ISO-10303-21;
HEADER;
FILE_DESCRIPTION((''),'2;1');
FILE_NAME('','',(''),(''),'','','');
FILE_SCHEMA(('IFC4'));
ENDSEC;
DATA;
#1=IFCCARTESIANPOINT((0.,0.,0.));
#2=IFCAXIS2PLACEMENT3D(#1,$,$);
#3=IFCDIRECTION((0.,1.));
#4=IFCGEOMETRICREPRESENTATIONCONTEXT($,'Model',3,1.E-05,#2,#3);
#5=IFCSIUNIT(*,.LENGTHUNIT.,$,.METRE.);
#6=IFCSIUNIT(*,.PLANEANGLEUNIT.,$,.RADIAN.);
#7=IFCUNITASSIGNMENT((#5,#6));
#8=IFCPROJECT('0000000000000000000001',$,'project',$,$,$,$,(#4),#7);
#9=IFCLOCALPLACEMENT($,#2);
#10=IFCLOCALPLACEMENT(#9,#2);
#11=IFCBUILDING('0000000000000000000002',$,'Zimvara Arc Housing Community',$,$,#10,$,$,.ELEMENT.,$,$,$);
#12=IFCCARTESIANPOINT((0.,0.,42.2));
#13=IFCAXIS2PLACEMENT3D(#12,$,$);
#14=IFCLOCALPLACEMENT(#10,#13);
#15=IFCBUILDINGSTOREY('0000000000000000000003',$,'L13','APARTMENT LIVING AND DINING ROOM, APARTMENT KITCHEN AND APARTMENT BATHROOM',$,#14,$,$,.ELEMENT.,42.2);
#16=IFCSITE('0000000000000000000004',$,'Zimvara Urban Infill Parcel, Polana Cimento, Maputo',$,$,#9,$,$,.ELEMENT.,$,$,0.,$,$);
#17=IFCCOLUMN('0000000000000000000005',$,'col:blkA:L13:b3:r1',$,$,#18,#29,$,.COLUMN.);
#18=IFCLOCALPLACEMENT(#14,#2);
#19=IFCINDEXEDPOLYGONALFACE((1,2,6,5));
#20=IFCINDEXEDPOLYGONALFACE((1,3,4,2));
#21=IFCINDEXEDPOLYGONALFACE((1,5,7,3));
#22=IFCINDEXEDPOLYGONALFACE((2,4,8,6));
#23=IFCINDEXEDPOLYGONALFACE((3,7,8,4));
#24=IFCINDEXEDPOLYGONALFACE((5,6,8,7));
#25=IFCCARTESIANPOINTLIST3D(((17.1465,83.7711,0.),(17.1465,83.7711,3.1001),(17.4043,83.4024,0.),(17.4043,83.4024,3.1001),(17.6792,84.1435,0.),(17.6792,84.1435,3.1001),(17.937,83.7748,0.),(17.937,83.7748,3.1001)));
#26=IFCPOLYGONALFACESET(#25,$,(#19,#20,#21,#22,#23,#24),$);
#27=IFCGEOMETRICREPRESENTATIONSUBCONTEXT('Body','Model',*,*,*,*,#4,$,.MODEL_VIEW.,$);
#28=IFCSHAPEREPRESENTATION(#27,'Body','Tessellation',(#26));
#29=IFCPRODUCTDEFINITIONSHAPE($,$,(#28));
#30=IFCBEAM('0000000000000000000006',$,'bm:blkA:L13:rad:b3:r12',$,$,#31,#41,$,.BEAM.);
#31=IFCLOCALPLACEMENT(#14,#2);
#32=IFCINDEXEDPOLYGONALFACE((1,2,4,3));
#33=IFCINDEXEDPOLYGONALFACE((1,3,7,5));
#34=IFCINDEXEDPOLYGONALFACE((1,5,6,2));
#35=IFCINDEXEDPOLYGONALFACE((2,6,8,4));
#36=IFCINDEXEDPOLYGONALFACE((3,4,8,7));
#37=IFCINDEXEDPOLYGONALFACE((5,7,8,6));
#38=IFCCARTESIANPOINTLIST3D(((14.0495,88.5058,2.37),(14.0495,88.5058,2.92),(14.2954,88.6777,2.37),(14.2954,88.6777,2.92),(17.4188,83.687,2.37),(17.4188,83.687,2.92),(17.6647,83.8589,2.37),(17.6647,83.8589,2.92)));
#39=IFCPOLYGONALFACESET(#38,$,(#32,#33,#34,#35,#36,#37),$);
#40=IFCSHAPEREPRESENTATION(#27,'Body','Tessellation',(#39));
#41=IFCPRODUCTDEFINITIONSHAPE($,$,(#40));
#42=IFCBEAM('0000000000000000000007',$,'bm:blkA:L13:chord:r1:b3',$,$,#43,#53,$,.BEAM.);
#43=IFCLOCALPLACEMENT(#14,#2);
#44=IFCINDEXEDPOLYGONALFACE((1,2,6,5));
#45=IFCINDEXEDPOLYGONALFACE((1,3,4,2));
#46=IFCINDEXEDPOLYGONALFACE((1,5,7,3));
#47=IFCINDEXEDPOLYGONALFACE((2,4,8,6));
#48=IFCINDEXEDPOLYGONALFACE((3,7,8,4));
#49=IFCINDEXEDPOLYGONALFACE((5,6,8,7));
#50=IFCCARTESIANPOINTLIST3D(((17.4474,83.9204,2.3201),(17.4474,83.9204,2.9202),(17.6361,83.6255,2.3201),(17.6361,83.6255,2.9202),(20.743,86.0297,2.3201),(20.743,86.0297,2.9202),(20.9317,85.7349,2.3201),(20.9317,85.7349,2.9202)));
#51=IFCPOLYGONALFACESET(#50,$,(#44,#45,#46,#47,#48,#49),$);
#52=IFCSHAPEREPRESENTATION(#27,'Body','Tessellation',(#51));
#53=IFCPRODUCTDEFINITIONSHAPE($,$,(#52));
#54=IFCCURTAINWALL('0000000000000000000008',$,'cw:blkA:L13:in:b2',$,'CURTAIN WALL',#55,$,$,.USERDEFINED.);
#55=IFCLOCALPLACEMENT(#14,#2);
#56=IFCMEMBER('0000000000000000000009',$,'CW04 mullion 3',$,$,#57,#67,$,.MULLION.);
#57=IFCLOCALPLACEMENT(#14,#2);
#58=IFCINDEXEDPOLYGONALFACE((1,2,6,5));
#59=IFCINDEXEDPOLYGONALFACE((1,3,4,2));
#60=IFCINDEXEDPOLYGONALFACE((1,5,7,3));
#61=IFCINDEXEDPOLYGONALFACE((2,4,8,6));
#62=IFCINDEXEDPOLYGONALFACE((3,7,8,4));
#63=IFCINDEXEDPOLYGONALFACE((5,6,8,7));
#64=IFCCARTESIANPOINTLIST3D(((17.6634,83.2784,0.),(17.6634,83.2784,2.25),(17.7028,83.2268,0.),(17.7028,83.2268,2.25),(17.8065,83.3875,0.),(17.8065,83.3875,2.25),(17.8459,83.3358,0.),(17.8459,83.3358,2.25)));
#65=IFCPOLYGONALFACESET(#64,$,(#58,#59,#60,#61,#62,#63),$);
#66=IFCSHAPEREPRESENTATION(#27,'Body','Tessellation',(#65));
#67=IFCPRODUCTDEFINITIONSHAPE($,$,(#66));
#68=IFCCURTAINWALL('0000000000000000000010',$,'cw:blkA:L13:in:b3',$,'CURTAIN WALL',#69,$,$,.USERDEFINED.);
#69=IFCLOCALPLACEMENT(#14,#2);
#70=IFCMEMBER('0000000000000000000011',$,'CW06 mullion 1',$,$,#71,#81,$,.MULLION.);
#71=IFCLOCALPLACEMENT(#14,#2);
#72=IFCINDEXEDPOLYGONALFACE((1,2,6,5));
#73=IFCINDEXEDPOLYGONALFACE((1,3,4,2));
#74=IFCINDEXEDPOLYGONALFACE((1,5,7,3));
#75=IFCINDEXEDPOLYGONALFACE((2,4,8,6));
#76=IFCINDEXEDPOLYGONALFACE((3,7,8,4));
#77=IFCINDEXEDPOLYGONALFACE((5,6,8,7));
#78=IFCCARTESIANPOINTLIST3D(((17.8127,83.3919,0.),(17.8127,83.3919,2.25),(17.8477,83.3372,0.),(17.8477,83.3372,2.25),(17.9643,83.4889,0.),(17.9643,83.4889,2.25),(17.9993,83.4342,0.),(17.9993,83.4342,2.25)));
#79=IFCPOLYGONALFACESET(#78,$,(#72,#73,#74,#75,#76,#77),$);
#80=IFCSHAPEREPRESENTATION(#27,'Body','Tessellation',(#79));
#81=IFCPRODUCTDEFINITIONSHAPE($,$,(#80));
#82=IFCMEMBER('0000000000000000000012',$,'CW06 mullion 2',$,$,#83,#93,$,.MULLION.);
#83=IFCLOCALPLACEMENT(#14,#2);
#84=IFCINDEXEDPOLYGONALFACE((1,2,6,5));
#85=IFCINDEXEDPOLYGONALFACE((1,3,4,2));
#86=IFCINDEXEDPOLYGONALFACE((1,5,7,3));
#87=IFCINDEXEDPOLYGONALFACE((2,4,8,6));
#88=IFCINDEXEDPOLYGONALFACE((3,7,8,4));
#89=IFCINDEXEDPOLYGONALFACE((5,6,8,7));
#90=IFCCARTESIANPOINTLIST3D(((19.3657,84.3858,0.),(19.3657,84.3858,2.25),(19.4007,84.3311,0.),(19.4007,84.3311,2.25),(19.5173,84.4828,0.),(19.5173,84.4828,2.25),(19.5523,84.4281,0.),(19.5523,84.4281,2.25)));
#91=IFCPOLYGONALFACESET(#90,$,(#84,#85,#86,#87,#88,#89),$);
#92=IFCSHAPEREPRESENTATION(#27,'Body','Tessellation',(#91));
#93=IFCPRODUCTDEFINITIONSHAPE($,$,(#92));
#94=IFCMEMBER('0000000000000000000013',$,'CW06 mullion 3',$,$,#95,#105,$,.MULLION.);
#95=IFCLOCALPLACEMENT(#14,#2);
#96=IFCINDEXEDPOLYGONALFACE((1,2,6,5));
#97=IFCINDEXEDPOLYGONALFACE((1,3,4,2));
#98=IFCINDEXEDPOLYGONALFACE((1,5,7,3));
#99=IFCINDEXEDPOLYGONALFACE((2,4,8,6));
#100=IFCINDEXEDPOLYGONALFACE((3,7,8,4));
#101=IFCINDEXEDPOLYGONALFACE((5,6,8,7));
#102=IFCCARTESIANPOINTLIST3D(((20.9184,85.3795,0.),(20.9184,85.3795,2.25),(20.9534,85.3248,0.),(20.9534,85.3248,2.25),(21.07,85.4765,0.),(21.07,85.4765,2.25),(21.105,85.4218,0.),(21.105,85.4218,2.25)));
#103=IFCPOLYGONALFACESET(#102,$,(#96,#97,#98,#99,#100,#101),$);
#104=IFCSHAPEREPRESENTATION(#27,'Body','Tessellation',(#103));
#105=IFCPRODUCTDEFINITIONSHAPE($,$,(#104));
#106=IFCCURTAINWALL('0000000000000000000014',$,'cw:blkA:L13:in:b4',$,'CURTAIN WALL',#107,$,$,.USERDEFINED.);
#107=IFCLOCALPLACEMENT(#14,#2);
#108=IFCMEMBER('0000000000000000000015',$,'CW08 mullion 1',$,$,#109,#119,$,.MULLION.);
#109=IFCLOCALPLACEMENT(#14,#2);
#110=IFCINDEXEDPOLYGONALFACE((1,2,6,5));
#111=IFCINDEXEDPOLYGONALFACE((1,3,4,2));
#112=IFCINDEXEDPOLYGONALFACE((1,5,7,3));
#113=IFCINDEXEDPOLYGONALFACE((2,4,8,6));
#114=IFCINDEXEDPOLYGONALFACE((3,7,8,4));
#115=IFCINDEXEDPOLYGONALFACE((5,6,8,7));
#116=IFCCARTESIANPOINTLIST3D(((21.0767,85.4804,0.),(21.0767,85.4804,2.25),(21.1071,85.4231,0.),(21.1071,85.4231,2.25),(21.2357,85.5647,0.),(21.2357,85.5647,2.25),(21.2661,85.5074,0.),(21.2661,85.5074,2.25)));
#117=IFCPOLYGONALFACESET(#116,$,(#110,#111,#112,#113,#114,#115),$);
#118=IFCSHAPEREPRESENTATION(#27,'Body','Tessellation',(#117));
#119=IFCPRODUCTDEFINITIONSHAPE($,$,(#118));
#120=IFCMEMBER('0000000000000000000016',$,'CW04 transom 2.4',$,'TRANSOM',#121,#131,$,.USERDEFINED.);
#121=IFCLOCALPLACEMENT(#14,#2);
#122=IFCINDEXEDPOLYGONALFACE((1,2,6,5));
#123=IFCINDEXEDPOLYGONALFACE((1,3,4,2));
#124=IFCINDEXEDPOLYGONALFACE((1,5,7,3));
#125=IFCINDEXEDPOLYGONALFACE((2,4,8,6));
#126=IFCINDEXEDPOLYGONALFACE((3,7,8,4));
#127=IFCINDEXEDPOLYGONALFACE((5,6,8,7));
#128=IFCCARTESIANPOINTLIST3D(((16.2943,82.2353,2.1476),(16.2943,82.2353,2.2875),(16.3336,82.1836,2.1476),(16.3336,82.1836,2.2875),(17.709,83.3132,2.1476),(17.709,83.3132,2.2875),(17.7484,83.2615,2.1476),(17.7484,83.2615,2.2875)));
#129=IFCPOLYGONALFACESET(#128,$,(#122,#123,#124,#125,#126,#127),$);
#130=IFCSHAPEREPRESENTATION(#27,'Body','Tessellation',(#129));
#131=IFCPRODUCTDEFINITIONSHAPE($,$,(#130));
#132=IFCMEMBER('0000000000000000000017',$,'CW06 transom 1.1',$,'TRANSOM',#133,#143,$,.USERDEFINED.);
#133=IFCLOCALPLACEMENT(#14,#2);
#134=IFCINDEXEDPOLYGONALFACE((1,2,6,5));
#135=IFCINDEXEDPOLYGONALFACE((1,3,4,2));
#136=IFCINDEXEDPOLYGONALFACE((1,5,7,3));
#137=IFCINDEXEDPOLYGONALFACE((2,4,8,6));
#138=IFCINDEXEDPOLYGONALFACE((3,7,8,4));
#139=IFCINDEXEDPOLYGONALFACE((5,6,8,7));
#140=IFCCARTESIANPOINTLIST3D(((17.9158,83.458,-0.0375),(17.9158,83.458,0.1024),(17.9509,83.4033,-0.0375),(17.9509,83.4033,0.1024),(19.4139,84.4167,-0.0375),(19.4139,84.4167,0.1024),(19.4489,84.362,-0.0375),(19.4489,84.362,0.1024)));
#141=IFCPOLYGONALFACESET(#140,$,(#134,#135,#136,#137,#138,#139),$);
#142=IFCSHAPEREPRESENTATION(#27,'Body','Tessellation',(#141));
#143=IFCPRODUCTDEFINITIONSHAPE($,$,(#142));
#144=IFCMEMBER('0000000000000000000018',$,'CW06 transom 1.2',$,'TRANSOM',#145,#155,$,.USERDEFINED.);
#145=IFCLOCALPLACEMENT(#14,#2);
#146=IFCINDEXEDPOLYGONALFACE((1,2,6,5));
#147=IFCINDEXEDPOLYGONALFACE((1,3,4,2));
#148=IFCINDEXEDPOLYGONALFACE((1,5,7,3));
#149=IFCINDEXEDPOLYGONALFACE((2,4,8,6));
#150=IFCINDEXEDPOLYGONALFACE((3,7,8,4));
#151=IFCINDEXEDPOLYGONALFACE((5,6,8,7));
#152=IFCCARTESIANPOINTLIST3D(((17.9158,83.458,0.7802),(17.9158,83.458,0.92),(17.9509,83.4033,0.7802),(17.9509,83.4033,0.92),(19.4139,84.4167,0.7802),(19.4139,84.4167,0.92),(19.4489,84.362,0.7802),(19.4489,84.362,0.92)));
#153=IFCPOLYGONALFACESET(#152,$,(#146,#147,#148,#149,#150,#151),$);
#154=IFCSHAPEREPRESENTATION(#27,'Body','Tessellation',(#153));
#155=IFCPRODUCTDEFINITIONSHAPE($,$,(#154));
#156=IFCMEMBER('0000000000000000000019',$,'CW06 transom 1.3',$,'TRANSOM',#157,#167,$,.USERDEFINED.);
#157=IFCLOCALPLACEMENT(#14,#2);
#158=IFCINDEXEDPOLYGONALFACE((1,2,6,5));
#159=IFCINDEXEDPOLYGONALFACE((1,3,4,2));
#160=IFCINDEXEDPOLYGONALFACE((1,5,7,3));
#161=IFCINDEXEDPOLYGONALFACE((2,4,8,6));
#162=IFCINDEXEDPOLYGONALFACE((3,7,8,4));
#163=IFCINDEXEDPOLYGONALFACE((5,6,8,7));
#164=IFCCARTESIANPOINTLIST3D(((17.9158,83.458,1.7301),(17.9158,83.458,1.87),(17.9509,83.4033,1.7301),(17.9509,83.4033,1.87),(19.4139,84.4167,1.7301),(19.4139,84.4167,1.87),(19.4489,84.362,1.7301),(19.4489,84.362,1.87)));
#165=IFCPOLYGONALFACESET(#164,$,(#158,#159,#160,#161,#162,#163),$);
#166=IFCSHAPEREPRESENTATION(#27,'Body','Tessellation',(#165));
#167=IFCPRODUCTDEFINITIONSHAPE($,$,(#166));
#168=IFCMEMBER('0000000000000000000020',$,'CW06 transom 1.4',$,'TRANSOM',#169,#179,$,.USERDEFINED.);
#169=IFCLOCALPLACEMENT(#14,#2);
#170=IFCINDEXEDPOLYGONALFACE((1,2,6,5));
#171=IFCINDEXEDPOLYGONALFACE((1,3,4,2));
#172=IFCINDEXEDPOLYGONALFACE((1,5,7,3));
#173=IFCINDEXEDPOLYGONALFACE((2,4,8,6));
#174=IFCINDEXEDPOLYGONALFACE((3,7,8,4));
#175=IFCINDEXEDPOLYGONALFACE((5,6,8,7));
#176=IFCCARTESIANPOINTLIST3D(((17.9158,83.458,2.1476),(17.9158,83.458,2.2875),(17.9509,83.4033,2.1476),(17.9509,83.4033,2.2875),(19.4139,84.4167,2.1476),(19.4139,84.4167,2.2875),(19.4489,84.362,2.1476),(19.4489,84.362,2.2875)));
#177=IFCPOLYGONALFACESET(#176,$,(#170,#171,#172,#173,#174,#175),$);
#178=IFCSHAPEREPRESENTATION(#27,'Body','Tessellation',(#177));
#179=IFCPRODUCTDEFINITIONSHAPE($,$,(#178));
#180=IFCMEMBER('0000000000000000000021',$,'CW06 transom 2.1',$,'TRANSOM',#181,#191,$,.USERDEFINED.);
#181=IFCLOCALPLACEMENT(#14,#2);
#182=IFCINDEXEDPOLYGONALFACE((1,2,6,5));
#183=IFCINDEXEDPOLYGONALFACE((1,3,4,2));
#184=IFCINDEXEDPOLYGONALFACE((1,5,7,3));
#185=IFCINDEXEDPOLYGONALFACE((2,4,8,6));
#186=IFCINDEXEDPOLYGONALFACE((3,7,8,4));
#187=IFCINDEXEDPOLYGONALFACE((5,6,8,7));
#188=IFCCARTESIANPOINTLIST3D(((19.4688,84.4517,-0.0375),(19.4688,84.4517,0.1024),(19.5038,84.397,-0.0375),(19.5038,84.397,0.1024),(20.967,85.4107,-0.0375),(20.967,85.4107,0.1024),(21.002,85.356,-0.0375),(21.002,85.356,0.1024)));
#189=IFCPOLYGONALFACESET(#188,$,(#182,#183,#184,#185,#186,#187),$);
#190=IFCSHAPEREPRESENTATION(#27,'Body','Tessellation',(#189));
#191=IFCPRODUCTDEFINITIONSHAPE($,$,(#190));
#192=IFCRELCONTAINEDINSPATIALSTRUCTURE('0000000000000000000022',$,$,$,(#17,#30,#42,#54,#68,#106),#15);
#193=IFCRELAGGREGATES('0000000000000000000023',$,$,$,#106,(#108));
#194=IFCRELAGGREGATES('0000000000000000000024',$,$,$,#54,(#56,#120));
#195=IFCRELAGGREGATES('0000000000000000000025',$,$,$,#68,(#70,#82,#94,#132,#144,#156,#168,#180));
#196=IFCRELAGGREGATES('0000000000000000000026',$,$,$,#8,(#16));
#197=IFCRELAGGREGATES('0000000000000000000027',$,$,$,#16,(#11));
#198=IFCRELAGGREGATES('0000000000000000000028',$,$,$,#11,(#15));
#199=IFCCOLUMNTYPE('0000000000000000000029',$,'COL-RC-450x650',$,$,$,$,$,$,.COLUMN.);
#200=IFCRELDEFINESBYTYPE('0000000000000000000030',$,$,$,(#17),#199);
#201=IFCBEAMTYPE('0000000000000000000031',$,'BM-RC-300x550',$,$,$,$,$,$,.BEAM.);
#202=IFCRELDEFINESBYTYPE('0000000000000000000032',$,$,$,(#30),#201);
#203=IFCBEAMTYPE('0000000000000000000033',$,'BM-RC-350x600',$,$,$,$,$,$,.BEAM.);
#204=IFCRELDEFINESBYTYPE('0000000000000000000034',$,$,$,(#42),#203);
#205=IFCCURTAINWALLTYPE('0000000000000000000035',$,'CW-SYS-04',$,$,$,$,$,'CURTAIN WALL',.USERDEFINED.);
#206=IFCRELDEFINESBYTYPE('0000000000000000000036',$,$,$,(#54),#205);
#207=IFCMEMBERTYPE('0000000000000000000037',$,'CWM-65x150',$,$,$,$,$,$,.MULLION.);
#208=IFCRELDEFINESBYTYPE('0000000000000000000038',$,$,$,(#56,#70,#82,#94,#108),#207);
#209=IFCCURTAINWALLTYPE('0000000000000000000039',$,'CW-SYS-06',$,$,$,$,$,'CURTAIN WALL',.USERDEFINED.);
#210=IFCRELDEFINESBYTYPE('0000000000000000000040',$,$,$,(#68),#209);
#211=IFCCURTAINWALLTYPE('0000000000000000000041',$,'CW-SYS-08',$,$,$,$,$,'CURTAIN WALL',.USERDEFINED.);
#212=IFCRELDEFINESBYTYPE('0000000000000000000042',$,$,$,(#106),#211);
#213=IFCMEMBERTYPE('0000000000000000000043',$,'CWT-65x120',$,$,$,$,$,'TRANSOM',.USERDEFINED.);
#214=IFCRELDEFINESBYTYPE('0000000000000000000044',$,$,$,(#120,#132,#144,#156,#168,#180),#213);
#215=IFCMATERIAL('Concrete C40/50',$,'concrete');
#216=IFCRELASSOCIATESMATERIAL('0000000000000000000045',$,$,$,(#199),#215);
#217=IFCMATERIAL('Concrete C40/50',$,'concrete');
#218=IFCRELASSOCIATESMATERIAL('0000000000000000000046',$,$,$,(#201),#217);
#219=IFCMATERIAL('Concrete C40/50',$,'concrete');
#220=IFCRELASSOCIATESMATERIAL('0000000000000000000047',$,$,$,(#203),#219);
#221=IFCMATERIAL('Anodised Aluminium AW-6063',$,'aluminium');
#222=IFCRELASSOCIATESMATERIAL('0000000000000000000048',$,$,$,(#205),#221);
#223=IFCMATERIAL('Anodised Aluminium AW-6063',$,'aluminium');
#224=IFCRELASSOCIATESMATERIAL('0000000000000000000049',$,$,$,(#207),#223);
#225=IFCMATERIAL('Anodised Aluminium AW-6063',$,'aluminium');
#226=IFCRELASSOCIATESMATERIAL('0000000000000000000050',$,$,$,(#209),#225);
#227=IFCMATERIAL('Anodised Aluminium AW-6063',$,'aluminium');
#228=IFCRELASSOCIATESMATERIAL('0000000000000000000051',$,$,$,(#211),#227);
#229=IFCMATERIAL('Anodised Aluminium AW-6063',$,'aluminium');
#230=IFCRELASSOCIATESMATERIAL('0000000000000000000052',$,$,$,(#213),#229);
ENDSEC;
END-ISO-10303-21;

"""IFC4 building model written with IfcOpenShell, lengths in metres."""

from ifc_helpers import new_model, si_unit, direction, frame, origin, origin_2d, place, context, subcontext, project, spatial, rectangle, extrude, material, material_profile, profile_set, type_object, element, aggregate, save


model = new_model("IFC4")

# Units and contexts
model_context = context("Model", 3, precision=1e-05, world=origin(), true_north=direction((0.0, 1.0)))
body_context = subcontext(model_context, "Body", "Model", "MODEL_VIEW")
ifc_project = project(units=[si_unit("LENGTHUNIT", "METRE"), si_unit("PLANEANGLEUNIT", "RADIAN")], contexts=[model_context])

# Site, building, storey
site_placement = place(None, origin())
site = spatial("IfcSite", under=ifc_project, at=site_placement, Name="Zimvara Urban Infill Parcel, Polana Cimento, Maputo", CompositionType="ELEMENT", RefElevation=0.0)
building_placement = place(site_placement, origin())
building = spatial("IfcBuilding", under=site, at=building_placement, Name="Zimvara Arc Housing Community", CompositionType="ELEMENT")
storey_placement = place(building_placement, frame((0.0, 0.0, 42.2)))
storey = spatial("IfcBuildingStorey", under=building, at=storey_placement, Name="L13", Description="APARTMENT LIVING AND DINING ROOM, APARTMENT KITCHEN AND APARTMENT BATHROOM", CompositionType="ELEMENT", Elevation=42.2)

# Column
ifc_material_1 = material(Name="Concrete C40/50", Category="concrete")
ifc_material_profile_1 = material_profile(ifc_material_1, rectangle(XDim=0.45, YDim=0.6499, at=origin_2d()), Name="RC 450x650")
ifc_profile_set_1 = profile_set([ifc_material_profile_1], Name="Concrete C40/50")
column_type = type_object("IfcColumnType", Name="COL-RC-450x650", PredefinedType="COLUMN", material=ifc_profile_set_1)
column_placement = place(storey_placement, frame((17.5417, 83.7729, 0.0), z_axis=(0.0, 0.0, 1.0), x_axis=(-0.573004, 0.819552, 0.0)))
element("IfcColumn", 1, at=column_placement, inside=storey, type_object=column_type, Name="col:blkA:L13:b3:r1", PredefinedType="COLUMN", context=body_context, shape_type="SweptSolid", body=[
    extrude(rectangle(XDim=0.45, YDim=0.6499, at=origin_2d()), origin(), (0.0, 0.0, 1.0), 3.1001),
])

# Beams
ifc_material_2 = material(Name="Concrete C40/50", Category="concrete")
ifc_material_profile_2 = material_profile(ifc_material_2, rectangle(XDim=0.3, YDim=0.55, at=origin_2d()), Name="RC 300x550")
ifc_profile_set_2 = profile_set([ifc_material_profile_2], Name="Concrete C40/50")
beam_type_1 = type_object("IfcBeamType", Name="BM-RC-300x550", PredefinedType="BEAM", material=ifc_profile_set_2)
beam_1_placement = place(storey_placement, frame((17.5417, 83.7729, 2.645), z_axis=(-0.573028, 0.819536, 0.0), x_axis=(-0.819536, -0.573028, 0.0)))
element("IfcBeam", 2, at=beam_1_placement, inside=storey, type_object=beam_type_1, Name="bm:blkA:L13:rad:b3:r12", PredefinedType="BEAM", context=body_context, shape_type="SweptSolid", body=[
    extrude(rectangle(XDim=0.3, YDim=0.55, at=origin_2d()), origin(), (0.0, 0.0, 1.0), 5.8799),
])
ifc_material_3 = material(Name="Concrete C40/50", Category="concrete")
ifc_material_profile_3 = material_profile(ifc_material_3, rectangle(XDim=0.3501, YDim=0.6001, at=origin_2d()), Name="RC 350x600")
ifc_profile_set_3 = profile_set([ifc_material_profile_3], Name="Concrete C40/50")
beam_type_2 = type_object("IfcBeamType", Name="BM-RC-350x600", PredefinedType="BEAM", material=ifc_profile_set_3)
beam_2_placement = place(storey_placement, frame((17.5417, 83.7729, 2.6201), z_axis=(0.842253, 0.539082, 0.0), x_axis=(-0.539082, 0.842253, 0.0)))
element("IfcBeam", 3, at=beam_2_placement, inside=storey, type_object=beam_type_2, Name="bm:blkA:L13:chord:r1:b3", PredefinedType="BEAM", context=body_context, shape_type="SweptSolid", body=[
    extrude(rectangle(XDim=0.3501, YDim=0.6001, at=origin_2d()), origin(), (0.0, 0.0, 1.0), 3.9128),
])

# Curtain wall, member
ifc_material_4 = material(Name="Anodised Aluminium AW-6063", Category="aluminium")
curtain_wall_type_1 = type_object("IfcCurtainWallType", Name="CW-SYS-04", ElementType="CURTAIN WALL", PredefinedType="USERDEFINED", material=ifc_material_4)
curtain_wall_1_placement = place(storey_placement, origin())
curtain_wall_1 = element("IfcCurtainWall", 4, at=curtain_wall_1_placement, inside=storey, type_object=curtain_wall_type_1, Name="cw:blkA:L13:in:b2", ObjectType="CURTAIN WALL", PredefinedType="USERDEFINED")
ifc_material_5 = material(Name="Anodised Aluminium AW-6063", Category="aluminium")
ifc_material_profile_4 = material_profile(ifc_material_5, rectangle(XDim=0.0649, YDim=0.1799, at=origin_2d()), Name="ALU 65x180")
ifc_profile_set_4 = profile_set([ifc_material_profile_4], Name="Anodised Aluminium AW-6063")
member_type_1 = type_object("IfcMemberType", Name="CWM-65x150", PredefinedType="MULLION", material=ifc_profile_set_4)
member_1_placement = place(storey_placement, frame((17.7546, 83.3071, 0.0), z_axis=(0.0, 0.0, 1.0), x_axis=(-0.605988, 0.795474, 0.0)))
member_1 = element("IfcMember", 5, at=member_1_placement, type_object=member_type_1, Name="CW04 mullion 3", PredefinedType="MULLION", context=body_context, shape_type="SweptSolid", body=[
    extrude(rectangle(XDim=0.0649, YDim=0.1799, at=origin_2d()), origin(), (0.0, 0.0, 1.0), 2.25),
])

# Curtain wall, members
ifc_material_6 = material(Name="Anodised Aluminium AW-6063", Category="aluminium")
curtain_wall_type_2 = type_object("IfcCurtainWallType", Name="CW-SYS-06", ElementType="CURTAIN WALL", PredefinedType="USERDEFINED", material=ifc_material_6)
curtain_wall_2_placement = place(storey_placement, origin())
curtain_wall_2 = element("IfcCurtainWall", 6, at=curtain_wall_2_placement, inside=storey, type_object=curtain_wall_type_2, Name="cw:blkA:L13:in:b3", ObjectType="CURTAIN WALL", PredefinedType="USERDEFINED")
member_2_placement = place(storey_placement, frame((17.906, 83.4131, 0.0), z_axis=(0.0, 0.0, 1.0), x_axis=(-0.539065, 0.842264, 0.0)))
member_2 = element("IfcMember", 7, at=member_2_placement, type_object=member_type_1, Name="CW06 mullion 1", PredefinedType="MULLION", context=body_context, shape_type="SweptSolid", body=[
    extrude(rectangle(XDim=0.0649, YDim=0.1799, at=origin_2d()), origin(), (0.0, 0.0, 1.0), 2.25),
])
member_3_placement = place(storey_placement, frame((19.459, 84.407, 0.0), z_axis=(0.0, 0.0, 1.0), x_axis=(-0.539065, 0.842264, 0.0)))
member_3 = element("IfcMember", 8, at=member_3_placement, type_object=member_type_1, Name="CW06 mullion 2", PredefinedType="MULLION", context=body_context, shape_type="SweptSolid", body=[
    extrude(rectangle(XDim=0.0649, YDim=0.1799, at=origin_2d()), origin(), (0.0, 0.0, 1.0), 2.25),
])
member_4_placement = place(storey_placement, frame((21.0117, 85.4006, 0.0), z_axis=(0.0, 0.0, 1.0), x_axis=(-0.539065, 0.842264, 0.0)))
member_4 = element("IfcMember", 9, at=member_4_placement, type_object=member_type_1, Name="CW06 mullion 3", PredefinedType="MULLION", context=body_context, shape_type="SweptSolid", body=[
    extrude(rectangle(XDim=0.0649, YDim=0.1799, at=origin_2d()), origin(), (0.0, 0.0, 1.0), 2.25),
])

# Curtain wall, member
ifc_material_7 = material(Name="Anodised Aluminium AW-6063", Category="aluminium")
curtain_wall_type_3 = type_object("IfcCurtainWallType", Name="CW-SYS-08", ElementType="CURTAIN WALL", PredefinedType="USERDEFINED", material=ifc_material_7)
curtain_wall_3_placement = place(storey_placement, origin())
curtain_wall_3 = element("IfcCurtainWall", 10, at=curtain_wall_3_placement, inside=storey, type_object=curtain_wall_type_3, Name="cw:blkA:L13:in:b4", ObjectType="CURTAIN WALL", PredefinedType="USERDEFINED")
member_5_placement = place(storey_placement, frame((21.1714, 85.4939, 0.0), z_axis=(0.0, 0.0, 1.0), x_axis=(-0.468547, 0.883439, 0.0)))
member_5 = element("IfcMember", 11, at=member_5_placement, type_object=member_type_1, Name="CW08 mullion 1", PredefinedType="MULLION", context=body_context, shape_type="SweptSolid", body=[
    extrude(rectangle(XDim=0.0649, YDim=0.1799, at=origin_2d()), origin(), (0.0, 0.0, 1.0), 2.25),
])

# Members
ifc_material_8 = material(Name="Anodised Aluminium AW-6063", Category="aluminium")
ifc_material_profile_5 = material_profile(ifc_material_8, rectangle(XDim=0.0649, YDim=0.1399, at=origin_2d()), Name="ALU 65x140")
ifc_profile_set_5 = profile_set([ifc_material_profile_5], Name="Anodised Aluminium AW-6063")
member_type_2 = type_object("IfcMemberType", Name="CWT-65x120", ElementType="TRANSOM", PredefinedType="USERDEFINED", material=ifc_profile_set_5)
member_6_placement = place(storey_placement, frame((16.314, 82.2095, 2.2175), z_axis=(0.795447, 0.606023, 0.0), x_axis=(-0.606023, 0.795447, 0.0)))
member_6 = element("IfcMember", 12, at=member_6_placement, type_object=member_type_2, Name="CW04 transom 2.4", ObjectType="TRANSOM", PredefinedType="USERDEFINED", context=body_context, shape_type="SweptSolid", body=[
    extrude(rectangle(XDim=0.0649, YDim=0.1399, at=origin_2d()), origin(), (0.0, 0.0, 1.0), 1.7786),
])
member_7_placement = place(storey_placement, frame((17.9333, 83.4307, 0.0325), z_axis=(0.842274, 0.53905, 0.0), x_axis=(-0.53905, 0.842274, 0.0)))
member_7 = element("IfcMember", 13, at=member_7_placement, type_object=member_type_2, Name="CW06 transom 1.1", ObjectType="TRANSOM", PredefinedType="USERDEFINED", context=body_context, shape_type="SweptSolid", body=[
    extrude(rectangle(XDim=0.0649, YDim=0.1399, at=origin_2d()), origin(), (0.0, 0.0, 1.0), 1.7786),
])
member_8_placement = place(storey_placement, frame((17.9333, 83.4307, 0.8501), z_axis=(0.842274, 0.53905, 0.0), x_axis=(-0.53905, 0.842274, 0.0)))
member_8 = element("IfcMember", 14, at=member_8_placement, type_object=member_type_2, Name="CW06 transom 1.2", ObjectType="TRANSOM", PredefinedType="USERDEFINED", context=body_context, shape_type="SweptSolid", body=[
    extrude(rectangle(XDim=0.0649, YDim=0.1399, at=origin_2d()), origin(), (0.0, 0.0, 1.0), 1.7786),
])
member_9_placement = place(storey_placement, frame((17.9333, 83.4307, 1.8), z_axis=(0.842274, 0.53905, 0.0), x_axis=(-0.53905, 0.842274, 0.0)))
member_9 = element("IfcMember", 15, at=member_9_placement, type_object=member_type_2, Name="CW06 transom 1.3", ObjectType="TRANSOM", PredefinedType="USERDEFINED", context=body_context, shape_type="SweptSolid", body=[
    extrude(rectangle(XDim=0.0649, YDim=0.1399, at=origin_2d()), origin(), (0.0, 0.0, 1.0), 1.7786),
])
member_10_placement = place(storey_placement, frame((17.9333, 83.4307, 2.2175), z_axis=(0.842274, 0.53905, 0.0), x_axis=(-0.53905, 0.842274, 0.0)))
member_10 = element("IfcMember", 16, at=member_10_placement, type_object=member_type_2, Name="CW06 transom 1.4", ObjectType="TRANSOM", PredefinedType="USERDEFINED", context=body_context, shape_type="SweptSolid", body=[
    extrude(rectangle(XDim=0.0649, YDim=0.1399, at=origin_2d()), origin(), (0.0, 0.0, 1.0), 1.7786),
])
member_11_placement = place(storey_placement, frame((19.4863, 84.4243, 0.0325), z_axis=(0.842212, 0.539147, 0.0), x_axis=(-0.539147, 0.842212, 0.0)))
member_11 = element("IfcMember", 17, at=member_11_placement, type_object=member_type_2, Name="CW06 transom 2.1", ObjectType="TRANSOM", PredefinedType="USERDEFINED", context=body_context, shape_type="SweptSolid", body=[
    extrude(rectangle(XDim=0.0649, YDim=0.1399, at=origin_2d()), origin(), (0.0, 0.0, 1.0), 1.7788),
])
aggregate(curtain_wall_3, [member_5])

aggregate(curtain_wall_1, [member_1, member_6])
aggregate(curtain_wall_2, [member_2, member_3, member_4, member_7, member_8, member_9, member_10, member_11])

save(model, "model.ifc")
